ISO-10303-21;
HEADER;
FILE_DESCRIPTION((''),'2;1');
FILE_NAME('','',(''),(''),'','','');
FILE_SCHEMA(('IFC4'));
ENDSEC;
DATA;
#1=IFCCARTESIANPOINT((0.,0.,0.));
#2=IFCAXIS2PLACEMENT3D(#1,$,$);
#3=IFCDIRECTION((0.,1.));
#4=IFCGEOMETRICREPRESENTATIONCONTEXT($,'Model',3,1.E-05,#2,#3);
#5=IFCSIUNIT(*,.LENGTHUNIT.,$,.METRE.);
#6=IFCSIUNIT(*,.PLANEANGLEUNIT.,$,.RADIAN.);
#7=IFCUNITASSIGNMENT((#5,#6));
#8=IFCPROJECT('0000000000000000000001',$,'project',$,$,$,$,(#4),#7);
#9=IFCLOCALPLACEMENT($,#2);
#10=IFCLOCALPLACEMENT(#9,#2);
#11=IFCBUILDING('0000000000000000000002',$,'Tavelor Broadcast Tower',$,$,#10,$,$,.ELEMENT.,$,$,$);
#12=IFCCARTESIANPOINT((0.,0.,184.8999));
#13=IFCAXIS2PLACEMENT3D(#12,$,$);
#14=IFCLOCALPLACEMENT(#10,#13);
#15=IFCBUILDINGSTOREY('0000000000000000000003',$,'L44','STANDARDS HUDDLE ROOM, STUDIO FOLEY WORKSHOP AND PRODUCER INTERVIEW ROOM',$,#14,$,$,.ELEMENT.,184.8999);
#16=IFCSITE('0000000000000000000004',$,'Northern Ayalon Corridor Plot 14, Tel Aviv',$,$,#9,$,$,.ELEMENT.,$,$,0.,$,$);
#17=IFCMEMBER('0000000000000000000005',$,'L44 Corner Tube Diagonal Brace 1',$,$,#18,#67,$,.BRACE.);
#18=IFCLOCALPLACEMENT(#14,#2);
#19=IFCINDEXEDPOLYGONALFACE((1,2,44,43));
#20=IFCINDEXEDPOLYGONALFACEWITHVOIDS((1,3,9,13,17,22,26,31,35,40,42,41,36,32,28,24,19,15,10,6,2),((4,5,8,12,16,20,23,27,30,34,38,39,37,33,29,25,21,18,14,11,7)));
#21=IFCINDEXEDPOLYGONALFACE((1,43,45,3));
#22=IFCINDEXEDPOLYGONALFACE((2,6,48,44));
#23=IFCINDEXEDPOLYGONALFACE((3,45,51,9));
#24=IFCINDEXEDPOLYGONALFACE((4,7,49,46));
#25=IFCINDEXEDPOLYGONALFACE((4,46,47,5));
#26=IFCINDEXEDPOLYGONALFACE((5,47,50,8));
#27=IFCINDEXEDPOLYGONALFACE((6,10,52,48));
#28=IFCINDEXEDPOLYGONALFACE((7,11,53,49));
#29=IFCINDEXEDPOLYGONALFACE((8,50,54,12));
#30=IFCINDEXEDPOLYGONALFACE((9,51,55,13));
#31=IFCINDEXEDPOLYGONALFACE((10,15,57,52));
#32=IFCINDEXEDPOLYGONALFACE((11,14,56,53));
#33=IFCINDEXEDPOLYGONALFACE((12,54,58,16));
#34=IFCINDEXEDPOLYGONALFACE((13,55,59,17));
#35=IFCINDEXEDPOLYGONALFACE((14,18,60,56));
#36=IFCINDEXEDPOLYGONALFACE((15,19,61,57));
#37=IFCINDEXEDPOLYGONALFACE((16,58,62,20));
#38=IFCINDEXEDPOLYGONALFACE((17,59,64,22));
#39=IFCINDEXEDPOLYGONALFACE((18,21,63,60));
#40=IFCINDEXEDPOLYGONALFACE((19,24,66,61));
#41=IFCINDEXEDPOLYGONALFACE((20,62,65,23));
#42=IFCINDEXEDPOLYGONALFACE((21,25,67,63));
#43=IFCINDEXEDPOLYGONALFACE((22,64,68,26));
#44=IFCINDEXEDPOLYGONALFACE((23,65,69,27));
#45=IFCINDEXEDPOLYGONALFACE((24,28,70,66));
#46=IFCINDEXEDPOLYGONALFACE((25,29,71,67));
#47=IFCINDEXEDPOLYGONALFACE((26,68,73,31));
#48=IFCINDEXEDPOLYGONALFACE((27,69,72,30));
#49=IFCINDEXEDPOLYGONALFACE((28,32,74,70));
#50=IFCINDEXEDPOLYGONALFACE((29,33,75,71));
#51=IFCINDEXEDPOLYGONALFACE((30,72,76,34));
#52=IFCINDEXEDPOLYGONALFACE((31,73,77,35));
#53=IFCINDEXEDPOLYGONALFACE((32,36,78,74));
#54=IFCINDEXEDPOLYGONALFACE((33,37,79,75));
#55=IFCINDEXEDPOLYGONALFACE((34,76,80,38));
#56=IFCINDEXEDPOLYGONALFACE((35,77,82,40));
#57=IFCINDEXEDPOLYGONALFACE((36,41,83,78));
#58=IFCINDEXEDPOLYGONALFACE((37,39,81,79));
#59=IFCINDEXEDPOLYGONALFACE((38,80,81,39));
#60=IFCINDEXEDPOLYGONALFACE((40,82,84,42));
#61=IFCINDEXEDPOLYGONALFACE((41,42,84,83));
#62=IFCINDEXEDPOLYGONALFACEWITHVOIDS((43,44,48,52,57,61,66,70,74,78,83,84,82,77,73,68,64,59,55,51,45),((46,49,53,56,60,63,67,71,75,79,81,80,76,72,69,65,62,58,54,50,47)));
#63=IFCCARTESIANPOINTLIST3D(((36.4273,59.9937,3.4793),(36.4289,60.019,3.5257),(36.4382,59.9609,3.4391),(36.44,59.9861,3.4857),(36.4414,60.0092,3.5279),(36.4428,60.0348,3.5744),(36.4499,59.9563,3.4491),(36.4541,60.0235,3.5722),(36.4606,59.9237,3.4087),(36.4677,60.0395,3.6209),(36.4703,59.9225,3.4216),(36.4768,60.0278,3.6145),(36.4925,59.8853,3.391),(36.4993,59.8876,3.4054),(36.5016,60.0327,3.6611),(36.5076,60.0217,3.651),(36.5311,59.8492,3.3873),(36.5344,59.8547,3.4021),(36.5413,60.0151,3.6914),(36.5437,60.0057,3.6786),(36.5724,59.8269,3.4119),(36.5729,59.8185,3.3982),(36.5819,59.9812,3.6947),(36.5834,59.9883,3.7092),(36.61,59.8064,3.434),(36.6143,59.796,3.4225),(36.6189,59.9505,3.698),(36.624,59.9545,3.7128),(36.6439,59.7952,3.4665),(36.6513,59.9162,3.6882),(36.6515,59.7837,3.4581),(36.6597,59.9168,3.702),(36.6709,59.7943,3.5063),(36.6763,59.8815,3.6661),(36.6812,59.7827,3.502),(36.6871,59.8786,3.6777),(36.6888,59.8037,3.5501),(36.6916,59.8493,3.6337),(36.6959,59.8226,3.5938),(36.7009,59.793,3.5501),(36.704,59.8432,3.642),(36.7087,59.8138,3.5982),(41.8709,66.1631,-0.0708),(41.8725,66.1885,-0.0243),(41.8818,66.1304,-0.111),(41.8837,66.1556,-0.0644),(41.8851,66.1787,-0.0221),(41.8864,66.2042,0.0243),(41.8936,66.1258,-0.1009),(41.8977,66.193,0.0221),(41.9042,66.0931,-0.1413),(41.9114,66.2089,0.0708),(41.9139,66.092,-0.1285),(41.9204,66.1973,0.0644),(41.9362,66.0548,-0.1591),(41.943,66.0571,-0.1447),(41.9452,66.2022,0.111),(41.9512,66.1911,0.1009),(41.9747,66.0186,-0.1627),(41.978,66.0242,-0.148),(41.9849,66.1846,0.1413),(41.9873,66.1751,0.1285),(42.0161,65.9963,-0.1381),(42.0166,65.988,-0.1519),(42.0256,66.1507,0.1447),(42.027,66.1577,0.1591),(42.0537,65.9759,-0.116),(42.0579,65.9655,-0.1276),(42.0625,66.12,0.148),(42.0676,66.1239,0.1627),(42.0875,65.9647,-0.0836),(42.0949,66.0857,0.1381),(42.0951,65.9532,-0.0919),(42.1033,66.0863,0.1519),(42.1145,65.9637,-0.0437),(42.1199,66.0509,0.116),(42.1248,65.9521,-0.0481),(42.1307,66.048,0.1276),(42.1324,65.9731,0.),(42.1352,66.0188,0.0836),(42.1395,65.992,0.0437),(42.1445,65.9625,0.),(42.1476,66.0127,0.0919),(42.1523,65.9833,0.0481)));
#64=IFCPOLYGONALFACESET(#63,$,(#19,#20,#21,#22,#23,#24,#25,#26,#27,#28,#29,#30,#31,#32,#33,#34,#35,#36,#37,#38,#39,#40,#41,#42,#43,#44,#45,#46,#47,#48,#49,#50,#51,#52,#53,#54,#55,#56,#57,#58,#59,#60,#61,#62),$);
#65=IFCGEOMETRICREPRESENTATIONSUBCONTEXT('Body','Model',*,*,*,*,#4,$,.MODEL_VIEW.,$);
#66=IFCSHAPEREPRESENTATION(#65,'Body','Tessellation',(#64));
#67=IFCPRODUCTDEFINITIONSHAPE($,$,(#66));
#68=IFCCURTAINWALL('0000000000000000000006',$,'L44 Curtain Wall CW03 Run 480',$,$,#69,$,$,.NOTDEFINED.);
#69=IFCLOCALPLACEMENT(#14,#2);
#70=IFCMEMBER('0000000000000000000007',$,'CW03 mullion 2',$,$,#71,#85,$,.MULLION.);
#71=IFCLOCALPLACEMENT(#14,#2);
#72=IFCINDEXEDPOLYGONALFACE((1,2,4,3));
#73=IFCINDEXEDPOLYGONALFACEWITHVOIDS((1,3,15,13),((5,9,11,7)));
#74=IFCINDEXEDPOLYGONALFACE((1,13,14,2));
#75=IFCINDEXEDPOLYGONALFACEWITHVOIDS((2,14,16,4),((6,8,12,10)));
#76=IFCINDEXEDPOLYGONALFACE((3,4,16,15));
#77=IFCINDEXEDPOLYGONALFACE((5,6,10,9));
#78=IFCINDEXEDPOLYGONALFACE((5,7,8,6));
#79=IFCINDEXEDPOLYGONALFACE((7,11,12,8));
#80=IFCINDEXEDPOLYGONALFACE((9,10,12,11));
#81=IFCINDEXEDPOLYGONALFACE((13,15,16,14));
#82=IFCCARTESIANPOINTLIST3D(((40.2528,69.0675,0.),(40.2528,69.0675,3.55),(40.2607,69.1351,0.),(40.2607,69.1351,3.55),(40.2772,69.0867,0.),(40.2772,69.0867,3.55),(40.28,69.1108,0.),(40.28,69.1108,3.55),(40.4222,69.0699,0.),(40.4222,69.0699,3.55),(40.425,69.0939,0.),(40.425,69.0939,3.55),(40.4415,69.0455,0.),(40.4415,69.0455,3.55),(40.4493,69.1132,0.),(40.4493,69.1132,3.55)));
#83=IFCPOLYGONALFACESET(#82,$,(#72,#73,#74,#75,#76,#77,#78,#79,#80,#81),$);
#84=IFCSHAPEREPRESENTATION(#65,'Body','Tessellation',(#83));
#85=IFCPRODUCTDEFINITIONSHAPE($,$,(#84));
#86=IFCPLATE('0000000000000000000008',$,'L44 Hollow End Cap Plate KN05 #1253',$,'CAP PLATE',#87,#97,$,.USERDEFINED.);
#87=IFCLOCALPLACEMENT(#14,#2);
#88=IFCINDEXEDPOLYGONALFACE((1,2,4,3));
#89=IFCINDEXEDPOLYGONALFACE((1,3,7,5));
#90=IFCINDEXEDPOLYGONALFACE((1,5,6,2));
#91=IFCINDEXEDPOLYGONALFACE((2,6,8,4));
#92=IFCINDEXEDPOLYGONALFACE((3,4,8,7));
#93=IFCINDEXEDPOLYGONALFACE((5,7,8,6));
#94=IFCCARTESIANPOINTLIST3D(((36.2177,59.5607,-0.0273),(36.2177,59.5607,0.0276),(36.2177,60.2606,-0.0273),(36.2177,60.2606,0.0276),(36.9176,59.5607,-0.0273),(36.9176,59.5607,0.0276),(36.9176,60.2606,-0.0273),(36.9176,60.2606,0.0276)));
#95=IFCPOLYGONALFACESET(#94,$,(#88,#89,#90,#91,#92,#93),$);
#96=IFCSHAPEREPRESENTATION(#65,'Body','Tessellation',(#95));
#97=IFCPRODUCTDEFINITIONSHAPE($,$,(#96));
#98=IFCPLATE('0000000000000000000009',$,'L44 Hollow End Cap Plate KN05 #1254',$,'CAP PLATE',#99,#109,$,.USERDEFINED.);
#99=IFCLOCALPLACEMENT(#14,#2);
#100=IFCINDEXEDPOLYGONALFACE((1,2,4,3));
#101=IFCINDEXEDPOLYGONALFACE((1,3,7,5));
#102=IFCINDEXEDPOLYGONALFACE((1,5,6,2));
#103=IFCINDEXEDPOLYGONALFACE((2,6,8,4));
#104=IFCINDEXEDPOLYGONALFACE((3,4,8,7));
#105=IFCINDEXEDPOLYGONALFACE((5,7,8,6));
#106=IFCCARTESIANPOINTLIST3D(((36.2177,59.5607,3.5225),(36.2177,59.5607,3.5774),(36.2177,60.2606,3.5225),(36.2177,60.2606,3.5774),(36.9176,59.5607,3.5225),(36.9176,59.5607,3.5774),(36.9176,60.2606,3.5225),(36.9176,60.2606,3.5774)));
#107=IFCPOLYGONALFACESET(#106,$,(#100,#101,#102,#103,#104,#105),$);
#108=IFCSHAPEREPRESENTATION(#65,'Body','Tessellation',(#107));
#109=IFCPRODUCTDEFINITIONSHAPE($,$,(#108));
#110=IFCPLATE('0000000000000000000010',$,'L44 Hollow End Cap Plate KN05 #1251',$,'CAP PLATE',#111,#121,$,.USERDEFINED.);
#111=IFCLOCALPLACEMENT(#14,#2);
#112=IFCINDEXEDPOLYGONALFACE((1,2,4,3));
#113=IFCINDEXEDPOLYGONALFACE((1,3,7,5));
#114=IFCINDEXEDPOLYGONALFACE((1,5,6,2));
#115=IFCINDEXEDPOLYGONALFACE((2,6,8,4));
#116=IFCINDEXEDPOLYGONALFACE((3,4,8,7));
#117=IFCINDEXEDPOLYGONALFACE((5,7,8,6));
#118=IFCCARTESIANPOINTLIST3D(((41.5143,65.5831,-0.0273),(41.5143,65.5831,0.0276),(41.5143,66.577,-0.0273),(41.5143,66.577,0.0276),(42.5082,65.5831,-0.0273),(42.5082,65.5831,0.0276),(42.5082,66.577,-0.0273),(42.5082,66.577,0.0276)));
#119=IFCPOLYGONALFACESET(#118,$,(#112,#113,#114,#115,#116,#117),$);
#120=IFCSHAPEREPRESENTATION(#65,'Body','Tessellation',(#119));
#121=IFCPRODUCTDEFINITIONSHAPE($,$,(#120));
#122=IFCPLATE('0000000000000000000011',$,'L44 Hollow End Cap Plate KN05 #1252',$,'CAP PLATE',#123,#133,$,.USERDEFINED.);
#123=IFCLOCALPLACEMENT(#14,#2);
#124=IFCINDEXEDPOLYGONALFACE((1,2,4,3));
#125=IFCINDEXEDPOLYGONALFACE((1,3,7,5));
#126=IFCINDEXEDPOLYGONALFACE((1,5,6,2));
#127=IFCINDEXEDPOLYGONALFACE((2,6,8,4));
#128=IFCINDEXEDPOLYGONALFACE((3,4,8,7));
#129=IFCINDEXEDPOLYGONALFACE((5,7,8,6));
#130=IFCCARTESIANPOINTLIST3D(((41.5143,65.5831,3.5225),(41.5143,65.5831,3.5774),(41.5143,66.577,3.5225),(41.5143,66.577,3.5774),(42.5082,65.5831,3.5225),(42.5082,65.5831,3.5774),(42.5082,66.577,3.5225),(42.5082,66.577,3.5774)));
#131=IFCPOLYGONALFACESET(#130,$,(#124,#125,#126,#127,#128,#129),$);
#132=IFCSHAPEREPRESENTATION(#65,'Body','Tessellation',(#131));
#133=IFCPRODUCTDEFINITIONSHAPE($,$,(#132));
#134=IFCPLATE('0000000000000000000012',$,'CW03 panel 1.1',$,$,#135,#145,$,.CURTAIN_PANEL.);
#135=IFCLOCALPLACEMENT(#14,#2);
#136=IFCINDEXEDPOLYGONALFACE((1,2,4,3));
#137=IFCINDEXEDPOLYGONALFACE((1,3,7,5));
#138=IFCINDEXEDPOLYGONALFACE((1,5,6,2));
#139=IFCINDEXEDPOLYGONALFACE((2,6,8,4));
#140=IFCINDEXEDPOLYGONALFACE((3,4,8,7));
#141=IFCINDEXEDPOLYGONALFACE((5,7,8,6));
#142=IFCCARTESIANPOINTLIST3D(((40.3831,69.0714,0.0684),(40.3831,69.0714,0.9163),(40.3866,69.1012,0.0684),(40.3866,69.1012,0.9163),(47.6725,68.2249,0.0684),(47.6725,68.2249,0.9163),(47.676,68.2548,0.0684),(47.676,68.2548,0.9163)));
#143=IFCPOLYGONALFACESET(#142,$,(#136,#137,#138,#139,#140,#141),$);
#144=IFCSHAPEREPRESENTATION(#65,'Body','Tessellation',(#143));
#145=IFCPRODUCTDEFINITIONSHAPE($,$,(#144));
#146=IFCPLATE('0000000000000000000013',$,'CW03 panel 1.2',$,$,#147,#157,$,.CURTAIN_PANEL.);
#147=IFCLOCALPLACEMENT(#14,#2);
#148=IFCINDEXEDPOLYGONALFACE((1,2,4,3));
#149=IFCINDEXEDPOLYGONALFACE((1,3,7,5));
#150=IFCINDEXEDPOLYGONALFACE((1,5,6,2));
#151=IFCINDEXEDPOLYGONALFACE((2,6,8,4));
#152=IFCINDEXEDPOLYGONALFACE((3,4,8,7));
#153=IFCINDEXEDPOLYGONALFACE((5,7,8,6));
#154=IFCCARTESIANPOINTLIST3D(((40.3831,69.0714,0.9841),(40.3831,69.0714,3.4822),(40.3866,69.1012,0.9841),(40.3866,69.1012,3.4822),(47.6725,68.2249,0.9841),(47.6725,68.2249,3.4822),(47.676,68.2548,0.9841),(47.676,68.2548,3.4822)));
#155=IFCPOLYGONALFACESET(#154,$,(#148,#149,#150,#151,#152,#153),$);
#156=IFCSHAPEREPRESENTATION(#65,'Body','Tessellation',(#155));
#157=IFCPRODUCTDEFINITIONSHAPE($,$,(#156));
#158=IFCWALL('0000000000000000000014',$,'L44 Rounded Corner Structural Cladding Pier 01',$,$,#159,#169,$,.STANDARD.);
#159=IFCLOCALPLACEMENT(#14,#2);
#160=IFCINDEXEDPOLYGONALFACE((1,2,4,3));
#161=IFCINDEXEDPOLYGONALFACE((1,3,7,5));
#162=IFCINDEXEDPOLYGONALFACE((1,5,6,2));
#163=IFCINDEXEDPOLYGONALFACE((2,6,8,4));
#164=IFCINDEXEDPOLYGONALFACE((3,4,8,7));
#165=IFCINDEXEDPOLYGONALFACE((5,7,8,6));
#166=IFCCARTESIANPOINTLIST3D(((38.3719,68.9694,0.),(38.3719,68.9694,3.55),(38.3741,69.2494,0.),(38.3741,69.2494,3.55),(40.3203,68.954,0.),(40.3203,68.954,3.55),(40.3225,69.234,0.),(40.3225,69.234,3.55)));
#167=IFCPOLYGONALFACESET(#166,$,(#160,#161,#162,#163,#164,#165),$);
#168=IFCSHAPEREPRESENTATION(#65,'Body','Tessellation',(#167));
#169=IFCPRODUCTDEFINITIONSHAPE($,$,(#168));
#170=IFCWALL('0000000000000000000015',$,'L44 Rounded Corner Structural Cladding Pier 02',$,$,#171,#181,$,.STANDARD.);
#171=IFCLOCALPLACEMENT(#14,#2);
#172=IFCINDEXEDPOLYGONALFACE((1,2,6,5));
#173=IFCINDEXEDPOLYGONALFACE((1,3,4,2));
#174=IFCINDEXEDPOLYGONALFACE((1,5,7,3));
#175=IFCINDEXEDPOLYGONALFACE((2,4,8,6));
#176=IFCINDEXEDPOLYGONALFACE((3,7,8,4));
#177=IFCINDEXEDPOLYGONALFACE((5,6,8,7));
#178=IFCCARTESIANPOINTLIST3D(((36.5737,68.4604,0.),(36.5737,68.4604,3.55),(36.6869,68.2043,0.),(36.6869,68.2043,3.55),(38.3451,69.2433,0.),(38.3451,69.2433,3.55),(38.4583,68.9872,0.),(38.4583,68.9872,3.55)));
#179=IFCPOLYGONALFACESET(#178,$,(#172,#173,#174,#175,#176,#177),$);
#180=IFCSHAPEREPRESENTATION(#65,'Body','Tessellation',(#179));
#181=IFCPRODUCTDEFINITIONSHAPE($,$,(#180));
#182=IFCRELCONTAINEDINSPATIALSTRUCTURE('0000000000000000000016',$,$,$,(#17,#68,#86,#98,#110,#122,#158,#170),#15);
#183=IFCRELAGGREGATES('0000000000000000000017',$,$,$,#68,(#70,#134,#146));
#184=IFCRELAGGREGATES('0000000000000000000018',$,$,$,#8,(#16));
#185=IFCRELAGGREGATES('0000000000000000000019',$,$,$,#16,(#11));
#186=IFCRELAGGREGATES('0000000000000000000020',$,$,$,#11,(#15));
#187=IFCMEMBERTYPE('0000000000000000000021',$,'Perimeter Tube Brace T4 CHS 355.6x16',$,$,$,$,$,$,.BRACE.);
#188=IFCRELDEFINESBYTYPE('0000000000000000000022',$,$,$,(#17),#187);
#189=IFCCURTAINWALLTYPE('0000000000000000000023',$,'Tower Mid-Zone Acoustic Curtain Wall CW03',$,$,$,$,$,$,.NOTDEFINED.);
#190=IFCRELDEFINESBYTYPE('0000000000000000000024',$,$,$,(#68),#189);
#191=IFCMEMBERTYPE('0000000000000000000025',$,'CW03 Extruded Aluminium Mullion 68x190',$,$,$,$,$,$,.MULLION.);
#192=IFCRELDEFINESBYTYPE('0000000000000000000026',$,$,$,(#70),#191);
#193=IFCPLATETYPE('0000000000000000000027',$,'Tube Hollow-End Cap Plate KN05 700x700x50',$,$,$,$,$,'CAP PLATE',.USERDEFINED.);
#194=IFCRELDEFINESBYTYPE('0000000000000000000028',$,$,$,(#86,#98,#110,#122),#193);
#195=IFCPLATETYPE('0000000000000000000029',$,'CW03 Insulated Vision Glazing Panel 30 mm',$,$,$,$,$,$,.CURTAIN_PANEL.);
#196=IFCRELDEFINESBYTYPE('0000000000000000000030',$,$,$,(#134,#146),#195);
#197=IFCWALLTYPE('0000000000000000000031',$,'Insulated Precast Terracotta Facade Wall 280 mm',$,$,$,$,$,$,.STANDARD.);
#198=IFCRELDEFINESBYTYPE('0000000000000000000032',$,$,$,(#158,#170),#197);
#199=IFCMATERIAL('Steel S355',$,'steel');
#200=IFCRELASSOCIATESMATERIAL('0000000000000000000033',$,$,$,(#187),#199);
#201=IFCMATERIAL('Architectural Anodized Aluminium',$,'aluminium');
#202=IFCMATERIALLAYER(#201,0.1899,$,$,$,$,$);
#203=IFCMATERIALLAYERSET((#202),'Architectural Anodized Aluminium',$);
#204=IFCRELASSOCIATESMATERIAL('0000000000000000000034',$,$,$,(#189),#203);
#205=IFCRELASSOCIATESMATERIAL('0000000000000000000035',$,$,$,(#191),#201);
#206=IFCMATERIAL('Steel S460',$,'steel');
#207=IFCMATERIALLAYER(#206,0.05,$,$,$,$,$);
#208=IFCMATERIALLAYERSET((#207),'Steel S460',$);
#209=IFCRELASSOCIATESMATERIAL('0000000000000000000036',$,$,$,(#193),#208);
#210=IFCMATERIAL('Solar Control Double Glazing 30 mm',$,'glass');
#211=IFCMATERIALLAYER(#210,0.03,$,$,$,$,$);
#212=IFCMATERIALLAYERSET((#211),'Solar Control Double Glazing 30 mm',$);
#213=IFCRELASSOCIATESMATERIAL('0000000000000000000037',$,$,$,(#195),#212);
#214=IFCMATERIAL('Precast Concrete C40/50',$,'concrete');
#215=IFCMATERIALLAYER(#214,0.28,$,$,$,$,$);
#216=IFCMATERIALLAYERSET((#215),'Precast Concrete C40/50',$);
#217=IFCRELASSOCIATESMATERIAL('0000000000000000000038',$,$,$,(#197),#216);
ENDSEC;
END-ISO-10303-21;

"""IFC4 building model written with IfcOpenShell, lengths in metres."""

from ifc_helpers import new_model, si_unit, direction, frame, frame_2d, origin, origin_2d, place, context, subcontext, project, spatial, rectangle, hollow_rectangle, hollow_circle, extrude, source, transform, mapped, material, layer, layer_set, material_profile, profile_set, type_object, type_shapes, element, aggregate, save


model = new_model("IFC4")

# Units and contexts
model_context = context("Model", 3, precision=1e-05, world=origin(), true_north=direction((0.0, 1.0)))
body_context = subcontext(model_context, "Body", "Model", "MODEL_VIEW")
ifc_project = project(units=[si_unit("LENGTHUNIT", "METRE"), si_unit("PLANEANGLEUNIT", "RADIAN")], contexts=[model_context])

# Site, building, storey
site_placement = place(None, origin())
site = spatial("IfcSite", under=ifc_project, at=site_placement, Name="Northern Ayalon Corridor Plot 14, Tel Aviv", CompositionType="ELEMENT", RefElevation=0.0)
building_placement = place(site_placement, origin())
building = spatial("IfcBuilding", under=site, at=building_placement, Name="Tavelor Broadcast Tower", CompositionType="ELEMENT")
storey_placement = place(building_placement, frame((0.0, 0.0, 184.8999)))
storey = spatial("IfcBuildingStorey", under=building, at=storey_placement, Name="L44", Description="STANDARDS HUDDLE ROOM, STUDIO FOLEY WORKSHOP AND PRODUCER INTERVIEW ROOM", CompositionType="ELEMENT", Elevation=184.8999)

# Shared definitions
ifc_material_1 = material(Name="Steel S460", Category="steel")

# Shared definitions
ifc_material_2 = material(Name="Steel S355", Category="steel")

# Member
ifc_material_profile_1 = material_profile(ifc_material_2, hollow_circle(Radius=0.1777, WallThickness=0.0161, at=origin_2d()), Name="CHS 355.6x16")
ifc_profile_set_1 = profile_set([ifc_material_profile_1], Name="Steel S355")
member_type_1 = type_object("IfcMemberType", Name="Perimeter Tube Brace T4 CHS 355.6x16", PredefinedType="BRACE", material=ifc_profile_set_1)
member_1_placement = place(storey_placement, frame((42.0112, 66.0801, 0.0), z_axis=(-0.607485, -0.688484, 0.396171), x_axis=(0.749839, -0.661621, 0.0)))
element("IfcMember", 1, at=member_1_placement, inside=storey, type_object=member_type_1, Name="L44 Corner Tube Diagonal Brace 1", PredefinedType="BRACE", context=body_context, shape_type="SweptSolid", body=[
    extrude(hollow_circle(Radius=0.1777, WallThickness=0.0161, at=origin_2d()), origin(), (0.0, 0.0, 1.0), 8.9609),
])

# Curtain wall, member
ifc_material_3 = material(Name="Architectural Anodized Aluminium", Category="aluminium")
ifc_layer_1 = layer(ifc_material_3, 0.1899)
ifc_layer_set_1 = layer_set([ifc_layer_1], Name="Architectural Anodized Aluminium")
curtain_wall_type = type_object("IfcCurtainWallType", Name="Tower Mid-Zone Acoustic Curtain Wall CW03", PredefinedType="NOTDEFINED", material=ifc_layer_set_1)
curtain_wall_placement = place(storey_placement, origin())
curtain_wall = element("IfcCurtainWall", 2, at=curtain_wall_placement, inside=storey, type_object=curtain_wall_type, Name="L44 Curtain Wall CW03 Run 480", PredefinedType="NOTDEFINED")
ifc_material_profile_2 = material_profile(ifc_material_3, hollow_rectangle(XDim=0.0681, YDim=0.1899, WallThickness=0.022, at=origin_2d()), Name="RHS 68x190x22")
ifc_profile_set_2 = profile_set([ifc_material_profile_2], Name="Architectural Anodized Aluminium")
member_type_2 = type_object("IfcMemberType", Name="CW03 Extruded Aluminium Mullion 68x190", PredefinedType="MULLION", material=ifc_profile_set_2)
shared_shape_1 = source(origin(), body_context, "Body", "SweptSolid", [
    extrude(hollow_rectangle(XDim=0.0681, YDim=0.1899, WallThickness=0.022, at=origin_2d()), origin(), (0.0, 0.0, 1.0), 3.55),
])
type_shapes(member_type_2, [shared_shape_1])
member_2_placement = place(storey_placement, frame((40.3511, 69.0903, 0.0), z_axis=(0.0, 0.0, 1.0), x_axis=(-0.115352, -0.993325, 0.0)))
member_2 = element("IfcMember", 3, at=member_2_placement, type_object=member_type_2, Name="CW03 mullion 2", PredefinedType="MULLION", context=body_context, shape_type="MappedRepresentation", body=[
    mapped(shared_shape_1, transform((0.0, 0.0, 0.0), scale=1.0)),
])

# Plates
ifc_layer_2 = layer(ifc_material_1, 0.05)
ifc_layer_set_2 = layer_set([ifc_layer_2], Name="Steel S460")
plate_type_1 = type_object("IfcPlateType", Name="Tube Hollow-End Cap Plate KN05 700x700x50", ElementType="CAP PLATE", PredefinedType="USERDEFINED", material=ifc_layer_set_2)
shared_shape_2 = source(origin(), body_context, "Body", "SweptSolid", [
    extrude(rectangle(XDim=0.7, YDim=0.7, at=origin_2d()), origin(), (0.0, 0.0, 1.0), 0.0549),
])
for number, where, z_axis, x_axis, name in (
    (4, (36.5676, 59.9106, -0.0273), (0.0, 0.0, 1.0), (1.0, 0.0, 0.0), "L44 Hollow End Cap Plate KN05 #1253"),
    (5, (36.5676, 59.9106, 3.5225), (0.0, 0.0, 1.0), (1.0, 0.0, 0.0), "L44 Hollow End Cap Plate KN05 #1254"),
):
    element("IfcPlate", number, at=place(storey_placement, frame(where, z_axis=z_axis, x_axis=x_axis)), inside=storey, type_object=plate_type_1, Name=name, ObjectType="CAP PLATE", PredefinedType="USERDEFINED", context=body_context, shape_type="MappedRepresentation", body=[
        mapped(shared_shape_2, transform((0.0, 0.0, 0.0), scale=1.0)),
    ])
shared_shape_3 = source(origin(), body_context, "Body", "SweptSolid", [
    extrude(rectangle(XDim=0.9939, YDim=0.9939, at=origin_2d()), origin(), (0.0, 0.0, 1.0), 0.0549),
])
type_shapes(plate_type_1, [shared_shape_2, shared_shape_3])
for number, where, z_axis, x_axis, name in (
    (6, (42.0112, 66.0801, -0.0273), (0.0, 0.0, 1.0), (1.0, 0.0, 0.0), "L44 Hollow End Cap Plate KN05 #1251"),
    (7, (42.0112, 66.0801, 3.5225), (0.0, 0.0, 1.0), (1.0, 0.0, 0.0), "L44 Hollow End Cap Plate KN05 #1252"),
):
    element("IfcPlate", number, at=place(storey_placement, frame(where, z_axis=z_axis, x_axis=x_axis)), inside=storey, type_object=plate_type_1, Name=name, ObjectType="CAP PLATE", PredefinedType="USERDEFINED", context=body_context, shape_type="MappedRepresentation", body=[
        mapped(shared_shape_3, transform((0.0, 0.0, 0.0), scale=1.0)),
    ])

# Plates
ifc_material_4 = material(Name="Solar Control Double Glazing 30 mm", Category="glass")
ifc_layer_3 = layer(ifc_material_4, 0.03)
ifc_layer_set_3 = layer_set([ifc_layer_3], Name="Solar Control Double Glazing 30 mm")
plate_type_2 = type_object("IfcPlateType", Name="CW03 Insulated Vision Glazing Panel 30 mm", PredefinedType="CURTAIN_PANEL", material=ifc_layer_set_3)
shared_shape_4 = source(origin(), body_context, "Body", "SweptSolid", [
    extrude(rectangle(XDim=7.3384, YDim=0.03, at=origin_2d()), origin(), (0.0, 0.0, 1.0), 0.8479),
])
plate_1_placement = place(storey_placement, frame((44.0295, 68.6631, 0.0684), z_axis=(0.0, 0.0, 1.0), x_axis=(-0.993325, 0.115352, 0.0)))
plate_1 = element("IfcPlate", 8, at=plate_1_placement, type_object=plate_type_2, Name="CW03 panel 1.1", PredefinedType="CURTAIN_PANEL", context=body_context, shape_type="MappedRepresentation", body=[
    mapped(shared_shape_4, transform((0.0, 0.0, 0.0), scale=1.0)),
])
shared_shape_5 = source(origin(), body_context, "Body", "SweptSolid", [
    extrude(rectangle(XDim=7.3384, YDim=0.03, at=origin_2d()), origin(), (0.0, 0.0, 1.0), 2.498),
])
type_shapes(plate_type_2, [shared_shape_4, shared_shape_5])
plate_2_placement = place(storey_placement, frame((44.0295, 68.6631, 0.9841), z_axis=(0.0, 0.0, 1.0), x_axis=(-0.993325, 0.115352, 0.0)))
plate_2 = element("IfcPlate", 9, at=plate_2_placement, type_object=plate_type_2, Name="CW03 panel 1.2", PredefinedType="CURTAIN_PANEL", context=body_context, shape_type="MappedRepresentation", body=[
    mapped(shared_shape_5, transform((0.0, 0.0, 0.0), scale=1.0)),
])
aggregate(curtain_wall, [member_2, plate_1, plate_2])

# Walls
ifc_material_5 = material(Name="Precast Concrete C40/50", Category="concrete")
ifc_layer_4 = layer(ifc_material_5, 0.28)
ifc_layer_set_4 = layer_set([ifc_layer_4], Name="Precast Concrete C40/50")
wall_type_1 = type_object("IfcWallType", Name="Insulated Precast Terracotta Facade Wall 280 mm", PredefinedType="STANDARD", material=ifc_layer_set_4)
wall_1_placement = place(storey_placement, frame((40.3213, 69.094, 0.0), z_axis=(0.0, 0.0, 1.0), x_axis=(-0.999969, 0.007894, 0.0)))
element("IfcWall", 10, at=wall_1_placement, inside=storey, type_object=wall_type_1, Name="L44 Rounded Corner Structural Cladding Pier 01", PredefinedType="STANDARD", context=body_context, shape_type="SweptSolid", body=[
    extrude(rectangle(XDim=1.9485, YDim=0.28, at=frame_2d((0.9741, 0.0))), origin(), (0.0, 0.0, 1.0), 3.55),
])
for number, where, z_axis, x_axis, name in (
    (11, (38.4016, 69.1152, 0.0), (0.0, 0.0, 1.0), (-0.914647, -0.404255, 0.0), "L44 Rounded Corner Structural Cladding Pier 02"),
):
    element("IfcWall", number, at=place(storey_placement, frame(where, z_axis=z_axis, x_axis=x_axis)), inside=storey, type_object=wall_type_1, Name=name, PredefinedType="STANDARD", context=body_context, shape_type="SweptSolid", body=[
        extrude(rectangle(XDim=1.9368, YDim=0.28, at=frame_2d((0.9683, 0.0))), origin(), (0.0, 0.0, 1.0), 3.55),
    ])

save(model, "model.ifc")
